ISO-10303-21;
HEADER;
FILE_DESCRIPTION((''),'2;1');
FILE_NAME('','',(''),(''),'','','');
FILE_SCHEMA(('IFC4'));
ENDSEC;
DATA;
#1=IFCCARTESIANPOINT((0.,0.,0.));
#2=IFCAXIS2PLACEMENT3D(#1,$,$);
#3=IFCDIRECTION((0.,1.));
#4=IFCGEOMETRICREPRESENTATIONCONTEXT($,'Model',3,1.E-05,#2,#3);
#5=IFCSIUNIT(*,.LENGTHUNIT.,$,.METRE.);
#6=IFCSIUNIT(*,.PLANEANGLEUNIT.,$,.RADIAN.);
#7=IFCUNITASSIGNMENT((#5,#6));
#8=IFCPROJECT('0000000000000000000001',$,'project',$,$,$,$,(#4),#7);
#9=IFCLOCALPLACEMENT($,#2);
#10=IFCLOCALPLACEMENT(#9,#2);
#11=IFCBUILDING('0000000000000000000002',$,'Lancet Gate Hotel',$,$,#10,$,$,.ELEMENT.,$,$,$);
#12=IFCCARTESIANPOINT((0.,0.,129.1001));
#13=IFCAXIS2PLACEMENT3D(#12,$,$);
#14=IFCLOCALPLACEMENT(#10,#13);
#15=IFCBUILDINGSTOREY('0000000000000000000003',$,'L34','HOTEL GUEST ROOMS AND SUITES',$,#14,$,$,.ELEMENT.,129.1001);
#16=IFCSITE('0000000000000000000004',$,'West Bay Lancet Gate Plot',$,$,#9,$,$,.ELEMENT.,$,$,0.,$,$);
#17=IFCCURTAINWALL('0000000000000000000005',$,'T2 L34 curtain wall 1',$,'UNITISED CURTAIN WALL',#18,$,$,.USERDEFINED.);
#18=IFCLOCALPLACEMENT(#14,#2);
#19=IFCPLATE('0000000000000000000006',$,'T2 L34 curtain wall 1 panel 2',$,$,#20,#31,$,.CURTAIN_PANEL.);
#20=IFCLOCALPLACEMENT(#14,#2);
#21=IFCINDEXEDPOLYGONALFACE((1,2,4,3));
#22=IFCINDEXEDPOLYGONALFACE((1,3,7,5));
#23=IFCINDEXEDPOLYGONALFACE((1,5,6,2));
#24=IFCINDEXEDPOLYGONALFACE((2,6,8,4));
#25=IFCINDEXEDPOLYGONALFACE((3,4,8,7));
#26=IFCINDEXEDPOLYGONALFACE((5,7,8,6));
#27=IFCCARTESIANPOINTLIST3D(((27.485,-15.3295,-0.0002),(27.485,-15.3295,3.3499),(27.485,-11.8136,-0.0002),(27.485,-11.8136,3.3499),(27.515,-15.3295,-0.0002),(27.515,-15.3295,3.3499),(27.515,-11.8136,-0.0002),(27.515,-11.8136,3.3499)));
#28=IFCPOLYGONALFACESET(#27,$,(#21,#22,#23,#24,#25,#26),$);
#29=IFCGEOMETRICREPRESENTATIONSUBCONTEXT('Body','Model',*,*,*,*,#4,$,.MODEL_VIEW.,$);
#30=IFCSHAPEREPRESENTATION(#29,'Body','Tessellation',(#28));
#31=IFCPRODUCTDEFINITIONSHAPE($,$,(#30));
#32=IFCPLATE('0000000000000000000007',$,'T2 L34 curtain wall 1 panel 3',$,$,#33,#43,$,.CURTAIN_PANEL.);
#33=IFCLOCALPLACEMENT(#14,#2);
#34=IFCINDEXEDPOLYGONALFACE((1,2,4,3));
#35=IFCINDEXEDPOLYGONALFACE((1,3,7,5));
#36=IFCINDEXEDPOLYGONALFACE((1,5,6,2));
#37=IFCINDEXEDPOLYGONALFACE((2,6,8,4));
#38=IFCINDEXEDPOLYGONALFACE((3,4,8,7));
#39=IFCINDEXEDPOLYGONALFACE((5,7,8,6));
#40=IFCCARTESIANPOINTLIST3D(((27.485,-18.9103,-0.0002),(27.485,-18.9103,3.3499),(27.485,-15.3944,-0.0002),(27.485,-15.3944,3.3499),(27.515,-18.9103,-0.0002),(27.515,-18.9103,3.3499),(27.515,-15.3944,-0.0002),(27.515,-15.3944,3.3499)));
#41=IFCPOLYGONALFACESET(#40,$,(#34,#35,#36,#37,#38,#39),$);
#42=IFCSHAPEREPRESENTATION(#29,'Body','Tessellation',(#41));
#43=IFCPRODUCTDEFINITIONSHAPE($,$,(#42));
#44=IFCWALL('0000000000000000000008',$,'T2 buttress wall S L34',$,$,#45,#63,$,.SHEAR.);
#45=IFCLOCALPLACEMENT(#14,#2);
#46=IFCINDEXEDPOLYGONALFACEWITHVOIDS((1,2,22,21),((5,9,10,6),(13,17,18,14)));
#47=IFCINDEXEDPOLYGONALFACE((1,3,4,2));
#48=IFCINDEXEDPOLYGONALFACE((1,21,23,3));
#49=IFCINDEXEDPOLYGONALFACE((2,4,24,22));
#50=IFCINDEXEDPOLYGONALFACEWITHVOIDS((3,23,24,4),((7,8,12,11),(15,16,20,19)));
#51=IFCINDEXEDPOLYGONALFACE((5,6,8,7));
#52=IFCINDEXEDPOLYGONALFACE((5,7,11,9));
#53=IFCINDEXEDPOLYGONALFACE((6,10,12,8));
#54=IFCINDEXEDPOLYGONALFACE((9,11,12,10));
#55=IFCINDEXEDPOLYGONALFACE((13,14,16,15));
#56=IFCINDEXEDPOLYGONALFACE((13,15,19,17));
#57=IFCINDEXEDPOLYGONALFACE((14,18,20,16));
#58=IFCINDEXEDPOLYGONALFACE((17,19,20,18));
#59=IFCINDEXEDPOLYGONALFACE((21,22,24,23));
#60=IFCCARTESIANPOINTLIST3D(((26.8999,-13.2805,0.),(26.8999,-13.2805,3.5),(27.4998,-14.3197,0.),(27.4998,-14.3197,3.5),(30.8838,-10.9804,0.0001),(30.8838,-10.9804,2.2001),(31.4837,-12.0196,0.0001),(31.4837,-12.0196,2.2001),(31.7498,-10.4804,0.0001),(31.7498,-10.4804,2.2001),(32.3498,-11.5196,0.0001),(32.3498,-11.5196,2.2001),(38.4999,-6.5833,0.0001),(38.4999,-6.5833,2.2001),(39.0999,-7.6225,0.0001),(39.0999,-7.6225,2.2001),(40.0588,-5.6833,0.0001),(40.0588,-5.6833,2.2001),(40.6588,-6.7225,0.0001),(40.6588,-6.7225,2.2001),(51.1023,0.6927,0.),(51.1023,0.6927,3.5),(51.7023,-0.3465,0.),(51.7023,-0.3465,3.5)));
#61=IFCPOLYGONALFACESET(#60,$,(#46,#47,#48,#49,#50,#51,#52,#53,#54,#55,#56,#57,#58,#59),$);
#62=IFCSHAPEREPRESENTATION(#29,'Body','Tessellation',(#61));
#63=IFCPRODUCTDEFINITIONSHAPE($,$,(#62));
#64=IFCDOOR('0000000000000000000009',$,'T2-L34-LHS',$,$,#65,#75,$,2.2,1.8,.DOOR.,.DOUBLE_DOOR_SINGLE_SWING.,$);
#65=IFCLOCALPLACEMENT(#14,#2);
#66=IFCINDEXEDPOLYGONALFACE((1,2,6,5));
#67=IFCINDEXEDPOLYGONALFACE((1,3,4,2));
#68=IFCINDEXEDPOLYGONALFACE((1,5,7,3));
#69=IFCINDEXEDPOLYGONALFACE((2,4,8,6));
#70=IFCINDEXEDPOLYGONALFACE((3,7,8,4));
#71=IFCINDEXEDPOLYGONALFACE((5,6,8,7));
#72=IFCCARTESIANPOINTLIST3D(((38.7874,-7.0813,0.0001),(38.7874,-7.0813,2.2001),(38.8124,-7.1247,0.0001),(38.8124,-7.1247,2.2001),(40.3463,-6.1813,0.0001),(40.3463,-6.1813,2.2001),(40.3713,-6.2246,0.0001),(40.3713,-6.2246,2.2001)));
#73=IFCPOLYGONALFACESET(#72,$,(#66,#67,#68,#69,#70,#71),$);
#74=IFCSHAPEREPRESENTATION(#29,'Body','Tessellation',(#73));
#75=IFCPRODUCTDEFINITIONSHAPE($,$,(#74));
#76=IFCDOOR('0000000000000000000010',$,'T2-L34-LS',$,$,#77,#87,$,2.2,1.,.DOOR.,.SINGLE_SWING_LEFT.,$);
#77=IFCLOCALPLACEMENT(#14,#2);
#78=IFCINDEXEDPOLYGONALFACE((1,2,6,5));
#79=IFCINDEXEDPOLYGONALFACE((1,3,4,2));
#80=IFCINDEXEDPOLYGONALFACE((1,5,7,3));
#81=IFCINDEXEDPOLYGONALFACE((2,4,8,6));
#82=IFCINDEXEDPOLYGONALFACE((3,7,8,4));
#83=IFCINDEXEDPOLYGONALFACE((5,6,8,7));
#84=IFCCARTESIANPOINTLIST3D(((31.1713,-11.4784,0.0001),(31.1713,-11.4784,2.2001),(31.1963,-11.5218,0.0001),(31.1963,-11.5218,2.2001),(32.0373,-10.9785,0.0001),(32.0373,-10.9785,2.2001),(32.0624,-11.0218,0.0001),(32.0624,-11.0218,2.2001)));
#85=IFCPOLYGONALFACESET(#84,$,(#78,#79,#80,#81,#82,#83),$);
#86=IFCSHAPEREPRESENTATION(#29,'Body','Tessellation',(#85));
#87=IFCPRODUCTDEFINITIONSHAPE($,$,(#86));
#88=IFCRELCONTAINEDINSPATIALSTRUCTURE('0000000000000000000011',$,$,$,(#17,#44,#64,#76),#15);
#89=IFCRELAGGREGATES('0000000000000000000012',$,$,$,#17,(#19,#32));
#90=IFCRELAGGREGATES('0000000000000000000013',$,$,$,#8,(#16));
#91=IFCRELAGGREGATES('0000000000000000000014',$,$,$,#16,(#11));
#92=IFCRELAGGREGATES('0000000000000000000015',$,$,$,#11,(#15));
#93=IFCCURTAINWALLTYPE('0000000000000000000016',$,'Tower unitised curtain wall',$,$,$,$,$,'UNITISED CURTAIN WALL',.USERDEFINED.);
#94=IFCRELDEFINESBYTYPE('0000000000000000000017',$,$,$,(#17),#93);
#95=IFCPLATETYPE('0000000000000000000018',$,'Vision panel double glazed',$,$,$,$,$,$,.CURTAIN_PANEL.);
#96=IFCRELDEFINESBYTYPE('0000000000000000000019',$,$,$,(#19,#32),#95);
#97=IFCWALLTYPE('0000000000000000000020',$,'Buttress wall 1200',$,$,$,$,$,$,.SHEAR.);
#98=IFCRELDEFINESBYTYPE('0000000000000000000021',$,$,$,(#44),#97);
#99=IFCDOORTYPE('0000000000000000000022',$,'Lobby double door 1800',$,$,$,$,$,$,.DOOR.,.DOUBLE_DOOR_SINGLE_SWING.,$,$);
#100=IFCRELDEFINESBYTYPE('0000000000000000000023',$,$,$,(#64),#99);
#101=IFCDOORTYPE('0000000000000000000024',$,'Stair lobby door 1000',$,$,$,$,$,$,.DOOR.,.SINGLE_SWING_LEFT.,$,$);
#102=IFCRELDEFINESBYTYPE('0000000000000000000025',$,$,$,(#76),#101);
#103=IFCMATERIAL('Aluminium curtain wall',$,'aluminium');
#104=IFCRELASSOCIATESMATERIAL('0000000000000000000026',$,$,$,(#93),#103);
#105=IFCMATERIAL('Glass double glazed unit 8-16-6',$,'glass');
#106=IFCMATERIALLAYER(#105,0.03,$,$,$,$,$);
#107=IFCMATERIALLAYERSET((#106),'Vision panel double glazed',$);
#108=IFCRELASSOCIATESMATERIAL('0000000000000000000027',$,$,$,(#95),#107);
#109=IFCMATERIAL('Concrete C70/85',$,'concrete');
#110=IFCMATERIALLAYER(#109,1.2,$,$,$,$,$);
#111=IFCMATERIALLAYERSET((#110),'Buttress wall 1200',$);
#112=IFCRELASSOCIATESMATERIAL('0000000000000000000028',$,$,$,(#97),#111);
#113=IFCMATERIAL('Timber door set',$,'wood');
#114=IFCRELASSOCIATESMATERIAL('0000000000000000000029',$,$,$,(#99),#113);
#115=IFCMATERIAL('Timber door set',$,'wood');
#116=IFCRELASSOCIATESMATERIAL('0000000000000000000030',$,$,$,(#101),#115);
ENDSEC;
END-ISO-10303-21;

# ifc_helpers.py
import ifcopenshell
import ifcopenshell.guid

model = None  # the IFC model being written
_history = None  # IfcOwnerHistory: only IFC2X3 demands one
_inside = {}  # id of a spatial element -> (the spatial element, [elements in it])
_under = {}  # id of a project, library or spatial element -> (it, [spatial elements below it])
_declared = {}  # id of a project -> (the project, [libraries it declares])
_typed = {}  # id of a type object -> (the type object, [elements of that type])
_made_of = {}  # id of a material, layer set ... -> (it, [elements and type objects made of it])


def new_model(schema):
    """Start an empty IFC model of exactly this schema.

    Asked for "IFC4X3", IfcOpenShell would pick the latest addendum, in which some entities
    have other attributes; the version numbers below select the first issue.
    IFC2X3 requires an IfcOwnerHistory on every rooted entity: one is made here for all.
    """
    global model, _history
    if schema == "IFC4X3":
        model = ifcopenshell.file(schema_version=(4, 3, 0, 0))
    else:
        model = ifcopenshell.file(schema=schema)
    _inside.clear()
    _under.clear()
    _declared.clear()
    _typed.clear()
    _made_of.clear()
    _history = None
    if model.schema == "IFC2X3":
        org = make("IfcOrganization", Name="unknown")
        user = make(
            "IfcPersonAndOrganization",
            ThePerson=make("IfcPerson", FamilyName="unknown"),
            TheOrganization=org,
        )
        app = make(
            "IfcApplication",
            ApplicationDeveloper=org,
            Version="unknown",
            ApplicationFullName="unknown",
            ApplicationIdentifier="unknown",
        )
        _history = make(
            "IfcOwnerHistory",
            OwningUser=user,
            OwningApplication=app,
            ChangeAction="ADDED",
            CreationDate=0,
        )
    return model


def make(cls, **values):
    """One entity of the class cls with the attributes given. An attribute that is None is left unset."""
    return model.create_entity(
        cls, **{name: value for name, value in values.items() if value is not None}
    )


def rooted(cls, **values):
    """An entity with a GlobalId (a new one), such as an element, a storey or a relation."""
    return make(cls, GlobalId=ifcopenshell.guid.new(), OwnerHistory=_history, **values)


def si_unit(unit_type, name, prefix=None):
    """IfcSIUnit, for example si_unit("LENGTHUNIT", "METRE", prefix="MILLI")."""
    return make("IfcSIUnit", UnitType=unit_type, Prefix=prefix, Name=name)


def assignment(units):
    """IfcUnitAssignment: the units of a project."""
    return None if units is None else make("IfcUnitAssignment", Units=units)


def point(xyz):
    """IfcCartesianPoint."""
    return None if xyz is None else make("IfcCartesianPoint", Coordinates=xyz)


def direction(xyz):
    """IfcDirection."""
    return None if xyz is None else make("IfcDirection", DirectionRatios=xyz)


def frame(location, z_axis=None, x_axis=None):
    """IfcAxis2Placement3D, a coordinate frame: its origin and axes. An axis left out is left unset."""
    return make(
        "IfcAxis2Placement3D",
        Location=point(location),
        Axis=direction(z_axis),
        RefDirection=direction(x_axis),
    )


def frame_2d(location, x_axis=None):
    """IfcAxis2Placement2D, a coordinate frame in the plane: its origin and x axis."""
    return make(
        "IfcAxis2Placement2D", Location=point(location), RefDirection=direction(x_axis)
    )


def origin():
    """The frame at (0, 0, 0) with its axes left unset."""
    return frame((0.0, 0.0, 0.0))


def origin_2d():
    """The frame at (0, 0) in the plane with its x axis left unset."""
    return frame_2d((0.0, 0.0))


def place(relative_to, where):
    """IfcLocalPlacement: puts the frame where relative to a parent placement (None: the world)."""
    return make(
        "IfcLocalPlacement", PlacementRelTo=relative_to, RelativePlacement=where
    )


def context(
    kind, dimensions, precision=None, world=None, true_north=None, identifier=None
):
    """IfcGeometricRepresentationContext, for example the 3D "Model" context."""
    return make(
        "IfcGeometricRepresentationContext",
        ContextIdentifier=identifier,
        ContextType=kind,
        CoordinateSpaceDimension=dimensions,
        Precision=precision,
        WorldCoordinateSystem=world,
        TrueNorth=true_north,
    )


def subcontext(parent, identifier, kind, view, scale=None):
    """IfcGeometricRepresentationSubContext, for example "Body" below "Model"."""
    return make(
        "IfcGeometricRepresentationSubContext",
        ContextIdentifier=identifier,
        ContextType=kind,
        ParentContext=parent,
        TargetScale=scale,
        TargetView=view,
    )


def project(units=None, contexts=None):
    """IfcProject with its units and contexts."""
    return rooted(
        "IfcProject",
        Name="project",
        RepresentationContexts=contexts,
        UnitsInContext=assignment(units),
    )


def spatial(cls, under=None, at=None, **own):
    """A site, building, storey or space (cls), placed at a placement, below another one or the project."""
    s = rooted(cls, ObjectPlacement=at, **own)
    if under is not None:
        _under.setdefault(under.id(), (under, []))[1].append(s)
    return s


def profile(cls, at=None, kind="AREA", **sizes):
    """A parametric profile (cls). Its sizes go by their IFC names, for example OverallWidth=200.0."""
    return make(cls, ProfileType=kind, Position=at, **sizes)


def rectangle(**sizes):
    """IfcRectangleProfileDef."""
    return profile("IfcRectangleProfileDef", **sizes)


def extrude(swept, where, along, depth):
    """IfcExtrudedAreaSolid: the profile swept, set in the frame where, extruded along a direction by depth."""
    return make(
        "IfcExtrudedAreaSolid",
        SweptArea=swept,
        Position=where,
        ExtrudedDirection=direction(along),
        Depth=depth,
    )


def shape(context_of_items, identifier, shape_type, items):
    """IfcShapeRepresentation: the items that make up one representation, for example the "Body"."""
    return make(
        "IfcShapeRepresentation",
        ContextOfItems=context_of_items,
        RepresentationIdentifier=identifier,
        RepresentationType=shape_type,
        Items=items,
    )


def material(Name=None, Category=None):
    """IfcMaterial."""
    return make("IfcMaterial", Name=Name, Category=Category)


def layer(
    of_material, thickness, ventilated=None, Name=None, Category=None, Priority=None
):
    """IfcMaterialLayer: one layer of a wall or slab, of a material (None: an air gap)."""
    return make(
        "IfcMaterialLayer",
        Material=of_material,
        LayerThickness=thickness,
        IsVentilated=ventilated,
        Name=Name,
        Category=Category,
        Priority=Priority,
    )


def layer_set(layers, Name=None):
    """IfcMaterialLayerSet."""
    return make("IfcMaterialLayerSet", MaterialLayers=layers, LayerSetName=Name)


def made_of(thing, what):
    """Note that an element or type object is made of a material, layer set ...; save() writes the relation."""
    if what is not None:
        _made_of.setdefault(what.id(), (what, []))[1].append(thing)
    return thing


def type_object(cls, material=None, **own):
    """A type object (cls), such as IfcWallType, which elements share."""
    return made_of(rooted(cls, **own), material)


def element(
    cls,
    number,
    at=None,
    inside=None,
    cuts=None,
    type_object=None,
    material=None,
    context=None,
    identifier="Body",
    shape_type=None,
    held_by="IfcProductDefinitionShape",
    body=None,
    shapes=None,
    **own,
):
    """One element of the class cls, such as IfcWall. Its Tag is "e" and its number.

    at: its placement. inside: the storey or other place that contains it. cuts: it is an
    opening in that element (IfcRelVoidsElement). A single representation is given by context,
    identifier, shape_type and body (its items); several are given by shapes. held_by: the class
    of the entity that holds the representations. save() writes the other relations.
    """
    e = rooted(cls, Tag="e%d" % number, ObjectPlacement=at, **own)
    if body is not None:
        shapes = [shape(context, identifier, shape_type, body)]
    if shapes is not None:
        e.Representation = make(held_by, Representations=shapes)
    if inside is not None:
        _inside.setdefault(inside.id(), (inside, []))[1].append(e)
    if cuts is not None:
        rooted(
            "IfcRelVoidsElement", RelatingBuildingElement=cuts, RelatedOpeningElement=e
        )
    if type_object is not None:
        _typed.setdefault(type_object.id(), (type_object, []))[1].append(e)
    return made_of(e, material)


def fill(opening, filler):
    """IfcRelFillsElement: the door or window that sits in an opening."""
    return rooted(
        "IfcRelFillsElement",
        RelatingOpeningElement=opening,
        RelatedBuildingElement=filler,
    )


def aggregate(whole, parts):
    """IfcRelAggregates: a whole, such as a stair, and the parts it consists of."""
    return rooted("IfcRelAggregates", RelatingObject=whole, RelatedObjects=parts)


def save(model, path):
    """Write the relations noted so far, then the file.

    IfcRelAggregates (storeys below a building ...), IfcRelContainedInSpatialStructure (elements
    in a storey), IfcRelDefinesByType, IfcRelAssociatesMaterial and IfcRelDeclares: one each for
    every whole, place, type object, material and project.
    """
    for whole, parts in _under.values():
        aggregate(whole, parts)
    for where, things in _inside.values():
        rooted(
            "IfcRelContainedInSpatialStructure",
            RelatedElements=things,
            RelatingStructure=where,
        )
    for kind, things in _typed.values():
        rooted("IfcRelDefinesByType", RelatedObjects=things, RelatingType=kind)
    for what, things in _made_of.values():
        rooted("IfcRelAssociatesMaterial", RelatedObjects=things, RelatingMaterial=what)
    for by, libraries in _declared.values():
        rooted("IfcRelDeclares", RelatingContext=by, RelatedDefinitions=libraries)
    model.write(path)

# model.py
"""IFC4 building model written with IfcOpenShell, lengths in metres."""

from ifc_helpers import new_model, si_unit, direction, frame, frame_2d, origin, origin_2d, place, context, subcontext, project, spatial, rectangle, extrude, material, layer, layer_set, type_object, element, fill, aggregate, save


model = new_model("IFC4")

# Units and contexts
model_context = context("Model", 3, precision=1e-05, world=origin(), true_north=direction((0.0, 1.0)))
body_context = subcontext(model_context, "Body", "Model", "MODEL_VIEW")
ifc_project = project(units=[si_unit("LENGTHUNIT", "METRE"), si_unit("PLANEANGLEUNIT", "RADIAN")], contexts=[model_context])

# Site, building, storey
site_placement = place(None, origin())
site = spatial("IfcSite", under=ifc_project, at=site_placement, Name="West Bay Lancet Gate Plot", CompositionType="ELEMENT", RefElevation=0.0)
building_placement = place(site_placement, origin())
building = spatial("IfcBuilding", under=site, at=building_placement, Name="Lancet Gate Hotel", CompositionType="ELEMENT")
storey_placement = place(building_placement, frame((0.0, 0.0, 129.1001)))
storey = spatial("IfcBuildingStorey", under=building, at=storey_placement, Name="L34", Description="HOTEL GUEST ROOMS AND SUITES", CompositionType="ELEMENT", Elevation=129.1001)

# Curtain wall
ifc_material_1 = material(Name="Aluminium curtain wall", Category="aluminium")
curtain_wall_type = type_object("IfcCurtainWallType", Name="Tower unitised curtain wall", ElementType="UNITISED CURTAIN WALL", PredefinedType="USERDEFINED", material=ifc_material_1)
curtain_wall_placement = place(storey_placement, origin())
curtain_wall = element("IfcCurtainWall", 1, at=curtain_wall_placement, inside=storey, type_object=curtain_wall_type, Name="T2 L34 curtain wall 1", ObjectType="UNITISED CURTAIN WALL", PredefinedType="USERDEFINED")

# Plates
ifc_material_2 = material(Name="Glass double glazed unit 8-16-6", Category="glass")
ifc_layer_1 = layer(ifc_material_2, 0.03)
ifc_layer_set_1 = layer_set([ifc_layer_1], Name="Vision panel double glazed")
plate_type = type_object("IfcPlateType", Name="Vision panel double glazed", PredefinedType="CURTAIN_PANEL", material=ifc_layer_set_1)
plate_1_placement = place(storey_placement, frame((27.5, -13.5715, -0.0002), z_axis=(0.0, 0.0, 1.0), x_axis=(0.0, -1.0, 0.0)))
plate_1 = element("IfcPlate", 2, at=plate_1_placement, type_object=plate_type, Name="T2 L34 curtain wall 1 panel 2", PredefinedType="CURTAIN_PANEL", context=body_context, shape_type="SweptSolid", body=[
    extrude(rectangle(XDim=3.5159, YDim=0.03, at=origin_2d()), origin(), (0.0, 0.0, 1.0), 3.3501),
])
plate_2_placement = place(storey_placement, frame((27.5, -17.1523, -0.0002), z_axis=(0.0, 0.0, 1.0), x_axis=(0.0, -1.0, 0.0)))
plate_2 = element("IfcPlate", 3, at=plate_2_placement, type_object=plate_type, Name="T2 L34 curtain wall 1 panel 3", PredefinedType="CURTAIN_PANEL", context=body_context, shape_type="SweptSolid", body=[
    extrude(rectangle(XDim=3.5159, YDim=0.03, at=origin_2d()), origin(), (0.0, 0.0, 1.0), 3.3501),
])
aggregate(curtain_wall, [plate_1, plate_2])

# Wall, openings, doors
ifc_material_3 = material(Name="Concrete C70/85", Category="concrete")
ifc_layer_2 = layer(ifc_material_3, 1.2)
ifc_layer_set_2 = layer_set([ifc_layer_2], Name="Buttress wall 1200")
wall_type = type_object("IfcWallType", Name="Buttress wall 1200", PredefinedType="SHEAR", material=ifc_layer_set_2)
wall_placement = place(storey_placement, frame((27.2, -13.8, 0.0), z_axis=(0.0, 0.0, 1.0), x_axis=(0.866027, 0.499997, 0.0)))
wall = element("IfcWall", 4, at=wall_placement, inside=storey, type_object=wall_type, Name="T2 buttress wall S L34", PredefinedType="SHEAR", context=body_context, shape_type="SweptSolid", body=[
    extrude(rectangle(XDim=27.9465, YDim=1.2, at=frame_2d((13.9731, 0.0))), origin(), (0.0, 0.0, 1.0), 3.5),
])
opening_1_placement = place(wall_placement, frame((4.6001, 0.0, 0.0)))
opening_1 = element("IfcOpeningElement", 5, at=opening_1_placement, cuts=wall, PredefinedType="OPENING", context=body_context, shape_type="SweptSolid", body=[
    extrude(rectangle(XDim=1.0, YDim=2.2, at=frame_2d((0.5, 1.1001))), frame((0.0, 0.6099, 0.0), z_axis=(0.0, -1.0, 0.0), x_axis=(1.0, 0.0, 0.0)), (0.0, 0.0, 1.0), 1.22),
])
opening_2_placement = place(wall_placement, frame((13.3945, 0.0, 0.0)))
opening_2 = element("IfcOpeningElement", 6, at=opening_2_placement, cuts=wall, PredefinedType="OPENING", context=body_context, shape_type="SweptSolid", body=[
    extrude(rectangle(XDim=1.8, YDim=2.2, at=frame_2d((0.8999, 1.1001))), frame((0.0, 0.6099, 0.0), z_axis=(0.0, -1.0, 0.0), x_axis=(1.0, 0.0, 0.0)), (0.0, 0.0, 1.0), 1.22),
])
ifc_material_4 = material(Name="Timber door set", Category="wood")
door_type_1 = type_object("IfcDoorType", Name="Lobby double door 1800", OperationType="DOUBLE_DOOR_SINGLE_SWING", PredefinedType="DOOR", material=ifc_material_4)
door_1_placement = place(opening_2_placement, origin())
door_1 = element("IfcDoor", 7, at=door_1_placement, inside=storey, type_object=door_type_1, Name="T2-L34-LHS", OperationType="DOUBLE_DOOR_SINGLE_SWING", OverallHeight=2.2, OverallWidth=1.8, PredefinedType="DOOR", context=body_context, shape_type="SweptSolid", body=[
    extrude(rectangle(XDim=1.8, YDim=2.2, at=frame_2d((0.8999, 1.1001))), frame((0.0, 0.0249, 0.0), z_axis=(0.0, -1.0, 0.0), x_axis=(1.0, 0.0, 0.0)), (0.0, 0.0, 1.0), 0.05),
])
fill(opening_2, door_1)
ifc_material_5 = material(Name="Timber door set", Category="wood")
door_type_2 = type_object("IfcDoorType", Name="Stair lobby door 1000", OperationType="SINGLE_SWING_LEFT", PredefinedType="DOOR", material=ifc_material_5)
door_2_placement = place(opening_1_placement, origin())
door_2 = element("IfcDoor", 8, at=door_2_placement, inside=storey, type_object=door_type_2, Name="T2-L34-LS", OperationType="SINGLE_SWING_LEFT", OverallHeight=2.2, OverallWidth=1.0, PredefinedType="DOOR", context=body_context, shape_type="SweptSolid", body=[
    extrude(rectangle(XDim=1.0, YDim=2.2, at=frame_2d((0.5, 1.1001))), frame((0.0, 0.0249, 0.0), z_axis=(0.0, -1.0, 0.0), x_axis=(1.0, 0.0, 0.0)), (0.0, 0.0, 1.0), 0.05),
])
fill(opening_1, door_2)

save(model, "model.ifc")
